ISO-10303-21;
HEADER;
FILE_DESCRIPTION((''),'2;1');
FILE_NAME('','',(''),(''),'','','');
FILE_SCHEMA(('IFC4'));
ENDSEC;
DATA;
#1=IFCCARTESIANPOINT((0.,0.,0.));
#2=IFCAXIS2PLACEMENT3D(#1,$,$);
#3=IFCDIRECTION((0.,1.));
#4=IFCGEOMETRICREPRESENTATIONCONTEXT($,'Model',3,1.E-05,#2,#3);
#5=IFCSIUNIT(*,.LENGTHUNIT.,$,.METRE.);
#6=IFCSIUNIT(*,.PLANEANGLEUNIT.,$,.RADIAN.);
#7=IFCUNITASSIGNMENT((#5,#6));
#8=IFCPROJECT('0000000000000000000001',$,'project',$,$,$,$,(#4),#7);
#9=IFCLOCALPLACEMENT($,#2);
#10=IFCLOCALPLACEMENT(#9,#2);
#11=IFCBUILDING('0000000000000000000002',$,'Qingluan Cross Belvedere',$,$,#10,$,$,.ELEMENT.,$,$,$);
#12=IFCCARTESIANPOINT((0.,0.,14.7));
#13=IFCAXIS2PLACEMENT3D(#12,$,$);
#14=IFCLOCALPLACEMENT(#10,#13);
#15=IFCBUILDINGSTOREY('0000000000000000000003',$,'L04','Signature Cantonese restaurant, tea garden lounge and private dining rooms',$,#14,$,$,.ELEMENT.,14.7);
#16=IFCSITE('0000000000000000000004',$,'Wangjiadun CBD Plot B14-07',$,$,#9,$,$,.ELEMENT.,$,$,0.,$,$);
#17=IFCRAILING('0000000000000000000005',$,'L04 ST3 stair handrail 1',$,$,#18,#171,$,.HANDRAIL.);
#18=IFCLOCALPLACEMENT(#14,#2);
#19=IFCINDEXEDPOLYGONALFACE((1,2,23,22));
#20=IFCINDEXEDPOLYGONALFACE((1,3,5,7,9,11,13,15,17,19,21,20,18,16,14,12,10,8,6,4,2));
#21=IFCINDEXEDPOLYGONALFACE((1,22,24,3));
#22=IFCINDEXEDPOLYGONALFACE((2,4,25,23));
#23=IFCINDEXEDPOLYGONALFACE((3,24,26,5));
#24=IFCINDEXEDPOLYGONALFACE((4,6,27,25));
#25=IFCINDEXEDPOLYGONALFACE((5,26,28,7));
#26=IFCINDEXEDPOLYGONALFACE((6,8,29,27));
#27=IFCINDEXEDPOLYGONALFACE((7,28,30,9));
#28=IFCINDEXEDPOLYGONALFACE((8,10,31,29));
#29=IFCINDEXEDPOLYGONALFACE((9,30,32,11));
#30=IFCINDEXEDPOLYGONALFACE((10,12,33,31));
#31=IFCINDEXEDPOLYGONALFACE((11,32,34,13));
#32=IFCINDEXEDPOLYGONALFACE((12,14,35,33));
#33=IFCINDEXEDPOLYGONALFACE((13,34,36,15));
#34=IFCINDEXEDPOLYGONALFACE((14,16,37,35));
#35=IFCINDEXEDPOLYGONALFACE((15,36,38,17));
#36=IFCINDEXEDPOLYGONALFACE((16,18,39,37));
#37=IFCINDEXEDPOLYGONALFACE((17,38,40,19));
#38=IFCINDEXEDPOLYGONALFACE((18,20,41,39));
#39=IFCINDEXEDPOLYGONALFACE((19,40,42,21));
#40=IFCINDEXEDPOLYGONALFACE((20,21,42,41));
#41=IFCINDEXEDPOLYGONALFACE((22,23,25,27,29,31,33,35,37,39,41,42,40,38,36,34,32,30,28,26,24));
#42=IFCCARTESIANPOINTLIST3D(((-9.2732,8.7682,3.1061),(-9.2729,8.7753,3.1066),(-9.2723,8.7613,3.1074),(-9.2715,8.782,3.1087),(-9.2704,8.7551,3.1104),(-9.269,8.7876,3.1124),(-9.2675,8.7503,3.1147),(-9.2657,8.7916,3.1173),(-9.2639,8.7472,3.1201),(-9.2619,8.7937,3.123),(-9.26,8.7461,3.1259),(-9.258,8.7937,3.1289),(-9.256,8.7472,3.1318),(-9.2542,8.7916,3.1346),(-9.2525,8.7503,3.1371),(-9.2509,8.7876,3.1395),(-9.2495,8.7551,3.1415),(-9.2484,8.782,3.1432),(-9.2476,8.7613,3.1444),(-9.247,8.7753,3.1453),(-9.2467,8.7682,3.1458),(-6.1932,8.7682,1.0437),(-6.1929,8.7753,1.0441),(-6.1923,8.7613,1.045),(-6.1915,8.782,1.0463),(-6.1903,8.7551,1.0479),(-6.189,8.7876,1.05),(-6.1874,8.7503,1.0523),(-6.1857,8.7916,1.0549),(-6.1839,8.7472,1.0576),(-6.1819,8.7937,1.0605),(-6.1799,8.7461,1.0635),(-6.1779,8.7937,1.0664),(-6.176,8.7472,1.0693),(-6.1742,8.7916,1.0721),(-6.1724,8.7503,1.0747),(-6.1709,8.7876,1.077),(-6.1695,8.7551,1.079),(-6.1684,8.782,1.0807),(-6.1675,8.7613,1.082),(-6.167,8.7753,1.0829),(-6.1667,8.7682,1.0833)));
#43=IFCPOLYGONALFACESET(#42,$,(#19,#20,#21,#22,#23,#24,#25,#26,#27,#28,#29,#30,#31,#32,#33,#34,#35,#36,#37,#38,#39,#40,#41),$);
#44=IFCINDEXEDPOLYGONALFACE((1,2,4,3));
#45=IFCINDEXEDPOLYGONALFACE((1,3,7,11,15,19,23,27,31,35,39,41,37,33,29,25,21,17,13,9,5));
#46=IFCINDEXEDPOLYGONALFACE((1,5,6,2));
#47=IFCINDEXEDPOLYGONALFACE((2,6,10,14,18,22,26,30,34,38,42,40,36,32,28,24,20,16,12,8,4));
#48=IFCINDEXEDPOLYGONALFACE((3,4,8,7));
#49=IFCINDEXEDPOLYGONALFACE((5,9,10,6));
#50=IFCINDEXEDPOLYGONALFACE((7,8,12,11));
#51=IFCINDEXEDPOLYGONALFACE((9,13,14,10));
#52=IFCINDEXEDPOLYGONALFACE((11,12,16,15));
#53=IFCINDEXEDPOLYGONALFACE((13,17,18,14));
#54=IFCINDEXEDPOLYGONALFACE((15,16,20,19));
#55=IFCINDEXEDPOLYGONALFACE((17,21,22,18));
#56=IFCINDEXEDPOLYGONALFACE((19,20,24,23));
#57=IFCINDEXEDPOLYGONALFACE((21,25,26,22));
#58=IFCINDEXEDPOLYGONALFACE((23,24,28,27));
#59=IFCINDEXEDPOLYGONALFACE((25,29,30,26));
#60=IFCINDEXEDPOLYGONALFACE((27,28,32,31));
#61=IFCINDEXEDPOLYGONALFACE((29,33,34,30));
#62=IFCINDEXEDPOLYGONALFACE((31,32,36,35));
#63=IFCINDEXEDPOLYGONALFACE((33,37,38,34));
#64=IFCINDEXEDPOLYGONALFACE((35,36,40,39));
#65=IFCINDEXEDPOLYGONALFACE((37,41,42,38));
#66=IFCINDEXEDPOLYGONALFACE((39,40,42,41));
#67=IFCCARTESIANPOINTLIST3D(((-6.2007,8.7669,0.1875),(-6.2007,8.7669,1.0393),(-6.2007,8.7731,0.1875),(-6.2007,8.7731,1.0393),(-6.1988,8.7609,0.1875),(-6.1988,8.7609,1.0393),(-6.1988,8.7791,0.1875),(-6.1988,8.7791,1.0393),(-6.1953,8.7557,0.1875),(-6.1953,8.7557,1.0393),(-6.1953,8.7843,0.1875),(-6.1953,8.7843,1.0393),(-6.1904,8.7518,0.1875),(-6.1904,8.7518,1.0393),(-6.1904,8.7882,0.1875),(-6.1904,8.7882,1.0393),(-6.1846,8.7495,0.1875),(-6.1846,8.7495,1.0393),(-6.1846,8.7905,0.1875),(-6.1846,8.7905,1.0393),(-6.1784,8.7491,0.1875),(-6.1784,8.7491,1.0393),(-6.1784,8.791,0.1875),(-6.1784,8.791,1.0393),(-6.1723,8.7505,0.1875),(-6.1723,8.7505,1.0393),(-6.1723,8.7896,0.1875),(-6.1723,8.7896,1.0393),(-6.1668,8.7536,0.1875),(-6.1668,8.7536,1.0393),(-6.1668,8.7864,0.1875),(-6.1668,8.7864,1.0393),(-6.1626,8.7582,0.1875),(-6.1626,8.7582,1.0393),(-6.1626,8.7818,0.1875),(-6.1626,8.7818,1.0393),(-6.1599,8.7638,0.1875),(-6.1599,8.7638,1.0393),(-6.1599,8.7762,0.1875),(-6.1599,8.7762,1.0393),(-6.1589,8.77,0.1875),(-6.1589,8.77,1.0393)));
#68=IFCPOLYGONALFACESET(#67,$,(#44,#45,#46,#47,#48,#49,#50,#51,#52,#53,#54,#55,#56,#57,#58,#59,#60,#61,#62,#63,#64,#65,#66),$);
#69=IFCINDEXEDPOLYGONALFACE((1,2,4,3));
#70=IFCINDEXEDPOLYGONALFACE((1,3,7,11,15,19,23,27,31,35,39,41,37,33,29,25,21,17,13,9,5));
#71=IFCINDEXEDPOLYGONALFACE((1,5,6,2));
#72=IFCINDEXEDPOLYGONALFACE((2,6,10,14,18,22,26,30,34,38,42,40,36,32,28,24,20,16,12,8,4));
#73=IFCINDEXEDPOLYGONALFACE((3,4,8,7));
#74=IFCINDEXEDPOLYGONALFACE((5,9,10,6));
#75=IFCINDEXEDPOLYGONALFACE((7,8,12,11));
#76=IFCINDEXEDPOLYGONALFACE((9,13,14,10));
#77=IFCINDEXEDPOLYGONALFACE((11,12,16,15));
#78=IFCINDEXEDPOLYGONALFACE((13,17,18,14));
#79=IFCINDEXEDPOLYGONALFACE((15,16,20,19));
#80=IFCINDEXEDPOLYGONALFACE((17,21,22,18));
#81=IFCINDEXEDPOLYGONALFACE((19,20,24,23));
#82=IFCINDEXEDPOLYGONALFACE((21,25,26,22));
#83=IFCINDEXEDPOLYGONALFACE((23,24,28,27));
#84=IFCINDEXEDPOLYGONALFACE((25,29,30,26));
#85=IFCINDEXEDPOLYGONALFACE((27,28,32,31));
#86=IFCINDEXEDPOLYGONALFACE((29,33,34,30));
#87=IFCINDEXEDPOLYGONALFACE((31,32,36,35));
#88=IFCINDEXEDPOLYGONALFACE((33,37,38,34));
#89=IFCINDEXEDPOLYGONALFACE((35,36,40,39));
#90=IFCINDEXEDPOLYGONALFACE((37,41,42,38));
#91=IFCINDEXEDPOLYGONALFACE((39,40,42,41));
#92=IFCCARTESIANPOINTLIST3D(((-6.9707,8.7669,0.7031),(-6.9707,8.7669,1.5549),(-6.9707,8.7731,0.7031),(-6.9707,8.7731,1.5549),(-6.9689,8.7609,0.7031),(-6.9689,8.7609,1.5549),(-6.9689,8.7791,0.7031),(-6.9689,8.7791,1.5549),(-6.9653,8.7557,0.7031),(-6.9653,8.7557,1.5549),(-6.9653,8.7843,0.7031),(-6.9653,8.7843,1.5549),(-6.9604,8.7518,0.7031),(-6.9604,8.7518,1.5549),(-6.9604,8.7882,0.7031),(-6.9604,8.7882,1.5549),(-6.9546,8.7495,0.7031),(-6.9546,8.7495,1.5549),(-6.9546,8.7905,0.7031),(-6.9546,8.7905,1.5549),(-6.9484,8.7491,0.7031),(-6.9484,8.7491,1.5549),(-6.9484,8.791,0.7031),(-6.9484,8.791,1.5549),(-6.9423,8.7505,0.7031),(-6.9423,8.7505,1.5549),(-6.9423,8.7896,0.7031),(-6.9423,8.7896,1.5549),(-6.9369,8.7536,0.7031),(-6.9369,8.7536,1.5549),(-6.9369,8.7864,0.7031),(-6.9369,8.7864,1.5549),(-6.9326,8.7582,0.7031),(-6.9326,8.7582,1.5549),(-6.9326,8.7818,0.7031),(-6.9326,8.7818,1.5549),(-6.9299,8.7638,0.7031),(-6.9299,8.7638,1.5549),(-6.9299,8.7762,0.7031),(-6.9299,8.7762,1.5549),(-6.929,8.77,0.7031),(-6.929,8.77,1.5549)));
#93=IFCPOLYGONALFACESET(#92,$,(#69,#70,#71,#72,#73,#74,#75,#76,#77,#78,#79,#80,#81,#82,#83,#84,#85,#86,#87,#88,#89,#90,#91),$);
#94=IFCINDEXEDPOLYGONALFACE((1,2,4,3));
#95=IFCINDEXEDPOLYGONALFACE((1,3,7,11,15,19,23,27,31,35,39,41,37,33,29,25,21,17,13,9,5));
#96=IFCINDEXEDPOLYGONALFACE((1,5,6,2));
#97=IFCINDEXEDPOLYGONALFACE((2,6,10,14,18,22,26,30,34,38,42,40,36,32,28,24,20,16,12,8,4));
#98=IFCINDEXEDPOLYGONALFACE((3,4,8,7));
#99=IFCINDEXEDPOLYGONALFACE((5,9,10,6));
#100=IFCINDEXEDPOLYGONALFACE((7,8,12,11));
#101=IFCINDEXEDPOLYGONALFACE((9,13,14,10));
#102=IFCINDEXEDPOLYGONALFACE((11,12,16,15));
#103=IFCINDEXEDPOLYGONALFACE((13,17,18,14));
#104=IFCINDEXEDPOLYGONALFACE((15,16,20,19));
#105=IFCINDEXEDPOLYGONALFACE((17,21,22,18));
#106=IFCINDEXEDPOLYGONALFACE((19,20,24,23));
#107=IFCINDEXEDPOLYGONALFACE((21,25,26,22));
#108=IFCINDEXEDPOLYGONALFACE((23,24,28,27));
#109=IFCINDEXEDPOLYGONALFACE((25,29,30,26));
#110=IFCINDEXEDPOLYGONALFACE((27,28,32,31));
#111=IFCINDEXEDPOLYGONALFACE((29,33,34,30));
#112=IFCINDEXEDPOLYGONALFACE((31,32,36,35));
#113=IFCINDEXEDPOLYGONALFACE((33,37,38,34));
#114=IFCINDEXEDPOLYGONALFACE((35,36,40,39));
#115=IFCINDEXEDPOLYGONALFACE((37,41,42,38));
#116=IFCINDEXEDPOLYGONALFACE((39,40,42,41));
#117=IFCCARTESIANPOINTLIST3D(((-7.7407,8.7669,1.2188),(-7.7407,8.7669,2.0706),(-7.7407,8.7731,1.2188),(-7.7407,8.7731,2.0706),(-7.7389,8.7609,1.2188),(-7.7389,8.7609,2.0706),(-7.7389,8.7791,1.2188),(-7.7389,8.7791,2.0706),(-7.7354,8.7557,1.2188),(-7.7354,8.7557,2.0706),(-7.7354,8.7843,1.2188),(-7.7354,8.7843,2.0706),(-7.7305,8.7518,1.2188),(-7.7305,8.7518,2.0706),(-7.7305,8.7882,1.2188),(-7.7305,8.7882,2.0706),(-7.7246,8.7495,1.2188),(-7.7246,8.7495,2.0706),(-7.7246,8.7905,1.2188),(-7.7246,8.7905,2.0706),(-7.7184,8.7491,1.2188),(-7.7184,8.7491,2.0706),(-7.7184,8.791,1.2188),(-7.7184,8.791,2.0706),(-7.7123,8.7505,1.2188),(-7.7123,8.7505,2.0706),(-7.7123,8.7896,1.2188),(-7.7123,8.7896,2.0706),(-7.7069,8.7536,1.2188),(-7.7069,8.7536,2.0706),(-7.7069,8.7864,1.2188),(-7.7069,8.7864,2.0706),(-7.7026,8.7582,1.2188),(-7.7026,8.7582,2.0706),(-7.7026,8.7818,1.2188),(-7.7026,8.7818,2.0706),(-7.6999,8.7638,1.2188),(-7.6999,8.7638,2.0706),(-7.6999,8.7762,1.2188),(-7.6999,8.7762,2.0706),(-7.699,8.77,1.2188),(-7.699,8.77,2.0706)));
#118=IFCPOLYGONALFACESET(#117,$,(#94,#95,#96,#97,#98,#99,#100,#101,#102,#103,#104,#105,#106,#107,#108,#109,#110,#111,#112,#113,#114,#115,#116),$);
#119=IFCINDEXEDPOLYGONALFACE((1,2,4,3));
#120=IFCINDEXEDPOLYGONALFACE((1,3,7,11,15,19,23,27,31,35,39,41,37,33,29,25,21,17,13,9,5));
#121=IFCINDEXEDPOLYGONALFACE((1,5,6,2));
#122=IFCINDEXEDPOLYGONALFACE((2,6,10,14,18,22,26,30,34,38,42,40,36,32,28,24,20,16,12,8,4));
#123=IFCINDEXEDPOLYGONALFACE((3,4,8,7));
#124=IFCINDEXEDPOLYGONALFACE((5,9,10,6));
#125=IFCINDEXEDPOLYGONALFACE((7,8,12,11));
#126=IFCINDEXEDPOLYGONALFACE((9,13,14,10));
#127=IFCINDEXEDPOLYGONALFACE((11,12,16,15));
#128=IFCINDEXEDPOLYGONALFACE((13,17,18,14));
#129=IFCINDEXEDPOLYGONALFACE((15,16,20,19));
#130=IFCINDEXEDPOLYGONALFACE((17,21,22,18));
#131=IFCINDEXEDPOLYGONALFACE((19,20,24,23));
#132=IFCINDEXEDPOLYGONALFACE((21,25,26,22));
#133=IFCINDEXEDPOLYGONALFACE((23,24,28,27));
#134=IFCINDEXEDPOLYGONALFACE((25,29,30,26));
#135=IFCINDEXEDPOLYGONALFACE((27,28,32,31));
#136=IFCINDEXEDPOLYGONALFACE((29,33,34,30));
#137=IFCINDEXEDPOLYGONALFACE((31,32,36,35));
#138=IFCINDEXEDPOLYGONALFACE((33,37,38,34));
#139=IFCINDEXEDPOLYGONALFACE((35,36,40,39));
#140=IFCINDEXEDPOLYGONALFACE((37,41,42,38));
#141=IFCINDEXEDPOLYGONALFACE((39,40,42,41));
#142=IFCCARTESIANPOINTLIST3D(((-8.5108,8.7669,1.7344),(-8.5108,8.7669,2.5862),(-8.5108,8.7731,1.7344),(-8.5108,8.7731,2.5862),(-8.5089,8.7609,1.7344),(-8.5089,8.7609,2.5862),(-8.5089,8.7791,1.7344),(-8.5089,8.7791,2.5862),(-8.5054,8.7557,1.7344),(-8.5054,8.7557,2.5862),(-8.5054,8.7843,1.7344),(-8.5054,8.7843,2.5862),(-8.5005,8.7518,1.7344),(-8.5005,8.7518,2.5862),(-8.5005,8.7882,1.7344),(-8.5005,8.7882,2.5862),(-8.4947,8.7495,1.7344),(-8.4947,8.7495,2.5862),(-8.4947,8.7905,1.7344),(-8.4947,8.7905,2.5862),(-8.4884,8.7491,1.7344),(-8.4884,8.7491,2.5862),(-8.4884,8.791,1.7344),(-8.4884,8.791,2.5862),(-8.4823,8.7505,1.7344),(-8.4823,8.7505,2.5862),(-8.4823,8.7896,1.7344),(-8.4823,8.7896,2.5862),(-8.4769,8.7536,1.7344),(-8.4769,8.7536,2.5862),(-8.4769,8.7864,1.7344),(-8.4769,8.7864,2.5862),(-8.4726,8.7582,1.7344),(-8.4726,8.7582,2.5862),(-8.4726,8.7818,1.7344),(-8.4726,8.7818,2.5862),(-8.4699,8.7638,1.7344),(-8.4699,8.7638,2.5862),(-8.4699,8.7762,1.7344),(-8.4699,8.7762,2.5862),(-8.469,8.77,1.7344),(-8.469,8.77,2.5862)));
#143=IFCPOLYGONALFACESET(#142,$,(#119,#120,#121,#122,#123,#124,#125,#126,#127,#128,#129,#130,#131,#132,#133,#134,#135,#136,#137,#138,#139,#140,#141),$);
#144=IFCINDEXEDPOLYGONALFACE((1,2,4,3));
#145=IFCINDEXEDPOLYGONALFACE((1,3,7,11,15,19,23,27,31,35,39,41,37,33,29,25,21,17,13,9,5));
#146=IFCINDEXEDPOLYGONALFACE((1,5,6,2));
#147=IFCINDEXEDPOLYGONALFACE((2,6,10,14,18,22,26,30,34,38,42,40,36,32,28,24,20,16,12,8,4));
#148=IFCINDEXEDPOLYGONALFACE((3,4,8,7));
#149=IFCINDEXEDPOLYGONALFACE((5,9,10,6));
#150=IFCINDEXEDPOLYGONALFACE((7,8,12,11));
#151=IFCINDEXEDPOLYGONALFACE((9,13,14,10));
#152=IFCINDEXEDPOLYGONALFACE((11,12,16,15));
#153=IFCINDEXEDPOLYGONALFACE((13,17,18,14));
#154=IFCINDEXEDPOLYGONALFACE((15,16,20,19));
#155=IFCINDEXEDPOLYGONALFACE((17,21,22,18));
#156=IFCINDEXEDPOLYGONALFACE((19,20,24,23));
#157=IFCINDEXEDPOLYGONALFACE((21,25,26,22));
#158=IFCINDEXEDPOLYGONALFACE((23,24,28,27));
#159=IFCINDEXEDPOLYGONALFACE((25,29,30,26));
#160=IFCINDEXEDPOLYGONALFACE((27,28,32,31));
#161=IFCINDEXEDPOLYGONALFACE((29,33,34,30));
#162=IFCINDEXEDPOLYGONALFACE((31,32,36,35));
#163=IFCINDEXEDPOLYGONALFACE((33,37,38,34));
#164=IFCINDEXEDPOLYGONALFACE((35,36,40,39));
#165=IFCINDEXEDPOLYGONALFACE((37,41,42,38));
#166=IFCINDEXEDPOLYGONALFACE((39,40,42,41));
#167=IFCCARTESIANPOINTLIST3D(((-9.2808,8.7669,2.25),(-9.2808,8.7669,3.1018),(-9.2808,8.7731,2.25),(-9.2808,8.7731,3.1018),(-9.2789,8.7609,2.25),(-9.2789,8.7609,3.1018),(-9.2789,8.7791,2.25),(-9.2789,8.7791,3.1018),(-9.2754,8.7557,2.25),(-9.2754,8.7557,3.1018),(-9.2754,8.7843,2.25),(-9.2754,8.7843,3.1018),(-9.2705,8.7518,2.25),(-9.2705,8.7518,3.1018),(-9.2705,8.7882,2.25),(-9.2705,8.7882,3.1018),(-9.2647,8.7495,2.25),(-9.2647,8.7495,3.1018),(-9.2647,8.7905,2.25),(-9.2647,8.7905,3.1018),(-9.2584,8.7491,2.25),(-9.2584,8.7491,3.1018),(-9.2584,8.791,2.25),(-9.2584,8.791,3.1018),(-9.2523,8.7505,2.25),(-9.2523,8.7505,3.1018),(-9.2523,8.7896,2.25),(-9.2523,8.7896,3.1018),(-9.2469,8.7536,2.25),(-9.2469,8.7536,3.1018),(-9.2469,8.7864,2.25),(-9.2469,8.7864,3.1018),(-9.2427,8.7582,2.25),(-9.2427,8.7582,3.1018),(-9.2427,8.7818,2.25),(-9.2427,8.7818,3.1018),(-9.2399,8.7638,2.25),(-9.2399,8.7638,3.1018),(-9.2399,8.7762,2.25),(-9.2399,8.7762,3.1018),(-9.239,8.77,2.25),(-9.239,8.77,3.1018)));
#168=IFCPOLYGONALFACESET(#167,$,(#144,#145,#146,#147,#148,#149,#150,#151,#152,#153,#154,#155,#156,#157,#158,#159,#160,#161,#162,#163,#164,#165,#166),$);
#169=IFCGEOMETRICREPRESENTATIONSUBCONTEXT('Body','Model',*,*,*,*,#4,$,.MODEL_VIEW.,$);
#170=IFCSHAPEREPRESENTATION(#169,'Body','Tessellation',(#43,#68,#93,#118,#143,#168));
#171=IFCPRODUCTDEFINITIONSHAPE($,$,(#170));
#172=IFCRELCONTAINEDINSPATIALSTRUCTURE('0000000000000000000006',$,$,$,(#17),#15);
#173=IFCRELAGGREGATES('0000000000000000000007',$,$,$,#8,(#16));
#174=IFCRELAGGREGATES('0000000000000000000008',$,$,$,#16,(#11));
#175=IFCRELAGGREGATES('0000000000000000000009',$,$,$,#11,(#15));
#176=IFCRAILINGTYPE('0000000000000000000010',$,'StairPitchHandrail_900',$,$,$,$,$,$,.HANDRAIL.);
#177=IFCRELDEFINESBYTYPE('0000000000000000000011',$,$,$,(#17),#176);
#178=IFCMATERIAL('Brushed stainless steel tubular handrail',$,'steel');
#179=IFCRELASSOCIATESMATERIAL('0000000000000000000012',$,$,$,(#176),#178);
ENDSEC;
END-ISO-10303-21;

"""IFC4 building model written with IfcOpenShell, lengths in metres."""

from ifc_helpers import new_model, si_unit, direction, frame, origin, origin_2d, place, context, subcontext, project, spatial, circle, extrude, material, type_object, element, save


model = new_model("IFC4")

# Units and contexts
model_context = context("Model", 3, precision=1e-05, world=origin(), true_north=direction((0.0, 1.0)))
body_context = subcontext(model_context, "Body", "Model", "MODEL_VIEW")
ifc_project = project(units=[si_unit("LENGTHUNIT", "METRE"), si_unit("PLANEANGLEUNIT", "RADIAN")], contexts=[model_context])

# Site, building, storey
site_placement = place(None, origin())
site = spatial("IfcSite", under=ifc_project, at=site_placement, Name="Wangjiadun CBD Plot B14-07", CompositionType="ELEMENT", RefElevation=0.0)
building_placement = place(site_placement, origin())
building = spatial("IfcBuilding", under=site, at=building_placement, Name="Qingluan Cross Belvedere", CompositionType="ELEMENT")
storey_placement = place(building_placement, frame((0.0, 0.0, 14.7)))
storey = spatial("IfcBuildingStorey", under=building, at=storey_placement, Name="L04", Description="Signature Cantonese restaurant, tea garden lounge and private dining rooms", CompositionType="ELEMENT", Elevation=14.7)

# Railing
ifc_material_1 = material(Name="Brushed stainless steel tubular handrail", Category="steel")
railing_type_1 = type_object("IfcRailingType", Name="StairPitchHandrail_900", PredefinedType="HANDRAIL", material=ifc_material_1)
railing_1_placement = place(storey_placement, frame((-6.1799, 8.77, 0.1875)))
element("IfcRailing", 1, at=railing_1_placement, inside=storey, type_object=railing_type_1, Name="L04 ST3 stair handrail 1", PredefinedType="HANDRAIL", context=body_context, shape_type="SweptSolid", body=[
    extrude(circle(Radius=0.0239, at=origin_2d()), frame((0.0, 0.0, 0.876), z_axis=(-0.830914, 0.0, 0.556401), x_axis=(0.0, -1.0, 0.0)), (0.0, 0.0, 1.0), 3.7068),
    extrude(circle(Radius=0.021, at=origin_2d()), origin(), (0.0, 0.0, 1.0), 0.8518),
    extrude(circle(Radius=0.021, at=origin_2d()), frame((-0.77, 0.0, 0.5156)), (0.0, 0.0, 1.0), 0.8518),
    extrude(circle(Radius=0.021, at=origin_2d()), frame((-1.54, 0.0, 1.0312)), (0.0, 0.0, 1.0), 0.8518),
    extrude(circle(Radius=0.021, at=origin_2d()), frame((-2.3101, 0.0, 1.5469)), (0.0, 0.0, 1.0), 0.8518),
    extrude(circle(Radius=0.021, at=origin_2d()), frame((-3.0801, 0.0, 2.0625)), (0.0, 0.0, 1.0), 0.8518),
])

save(model, "model.ifc")
